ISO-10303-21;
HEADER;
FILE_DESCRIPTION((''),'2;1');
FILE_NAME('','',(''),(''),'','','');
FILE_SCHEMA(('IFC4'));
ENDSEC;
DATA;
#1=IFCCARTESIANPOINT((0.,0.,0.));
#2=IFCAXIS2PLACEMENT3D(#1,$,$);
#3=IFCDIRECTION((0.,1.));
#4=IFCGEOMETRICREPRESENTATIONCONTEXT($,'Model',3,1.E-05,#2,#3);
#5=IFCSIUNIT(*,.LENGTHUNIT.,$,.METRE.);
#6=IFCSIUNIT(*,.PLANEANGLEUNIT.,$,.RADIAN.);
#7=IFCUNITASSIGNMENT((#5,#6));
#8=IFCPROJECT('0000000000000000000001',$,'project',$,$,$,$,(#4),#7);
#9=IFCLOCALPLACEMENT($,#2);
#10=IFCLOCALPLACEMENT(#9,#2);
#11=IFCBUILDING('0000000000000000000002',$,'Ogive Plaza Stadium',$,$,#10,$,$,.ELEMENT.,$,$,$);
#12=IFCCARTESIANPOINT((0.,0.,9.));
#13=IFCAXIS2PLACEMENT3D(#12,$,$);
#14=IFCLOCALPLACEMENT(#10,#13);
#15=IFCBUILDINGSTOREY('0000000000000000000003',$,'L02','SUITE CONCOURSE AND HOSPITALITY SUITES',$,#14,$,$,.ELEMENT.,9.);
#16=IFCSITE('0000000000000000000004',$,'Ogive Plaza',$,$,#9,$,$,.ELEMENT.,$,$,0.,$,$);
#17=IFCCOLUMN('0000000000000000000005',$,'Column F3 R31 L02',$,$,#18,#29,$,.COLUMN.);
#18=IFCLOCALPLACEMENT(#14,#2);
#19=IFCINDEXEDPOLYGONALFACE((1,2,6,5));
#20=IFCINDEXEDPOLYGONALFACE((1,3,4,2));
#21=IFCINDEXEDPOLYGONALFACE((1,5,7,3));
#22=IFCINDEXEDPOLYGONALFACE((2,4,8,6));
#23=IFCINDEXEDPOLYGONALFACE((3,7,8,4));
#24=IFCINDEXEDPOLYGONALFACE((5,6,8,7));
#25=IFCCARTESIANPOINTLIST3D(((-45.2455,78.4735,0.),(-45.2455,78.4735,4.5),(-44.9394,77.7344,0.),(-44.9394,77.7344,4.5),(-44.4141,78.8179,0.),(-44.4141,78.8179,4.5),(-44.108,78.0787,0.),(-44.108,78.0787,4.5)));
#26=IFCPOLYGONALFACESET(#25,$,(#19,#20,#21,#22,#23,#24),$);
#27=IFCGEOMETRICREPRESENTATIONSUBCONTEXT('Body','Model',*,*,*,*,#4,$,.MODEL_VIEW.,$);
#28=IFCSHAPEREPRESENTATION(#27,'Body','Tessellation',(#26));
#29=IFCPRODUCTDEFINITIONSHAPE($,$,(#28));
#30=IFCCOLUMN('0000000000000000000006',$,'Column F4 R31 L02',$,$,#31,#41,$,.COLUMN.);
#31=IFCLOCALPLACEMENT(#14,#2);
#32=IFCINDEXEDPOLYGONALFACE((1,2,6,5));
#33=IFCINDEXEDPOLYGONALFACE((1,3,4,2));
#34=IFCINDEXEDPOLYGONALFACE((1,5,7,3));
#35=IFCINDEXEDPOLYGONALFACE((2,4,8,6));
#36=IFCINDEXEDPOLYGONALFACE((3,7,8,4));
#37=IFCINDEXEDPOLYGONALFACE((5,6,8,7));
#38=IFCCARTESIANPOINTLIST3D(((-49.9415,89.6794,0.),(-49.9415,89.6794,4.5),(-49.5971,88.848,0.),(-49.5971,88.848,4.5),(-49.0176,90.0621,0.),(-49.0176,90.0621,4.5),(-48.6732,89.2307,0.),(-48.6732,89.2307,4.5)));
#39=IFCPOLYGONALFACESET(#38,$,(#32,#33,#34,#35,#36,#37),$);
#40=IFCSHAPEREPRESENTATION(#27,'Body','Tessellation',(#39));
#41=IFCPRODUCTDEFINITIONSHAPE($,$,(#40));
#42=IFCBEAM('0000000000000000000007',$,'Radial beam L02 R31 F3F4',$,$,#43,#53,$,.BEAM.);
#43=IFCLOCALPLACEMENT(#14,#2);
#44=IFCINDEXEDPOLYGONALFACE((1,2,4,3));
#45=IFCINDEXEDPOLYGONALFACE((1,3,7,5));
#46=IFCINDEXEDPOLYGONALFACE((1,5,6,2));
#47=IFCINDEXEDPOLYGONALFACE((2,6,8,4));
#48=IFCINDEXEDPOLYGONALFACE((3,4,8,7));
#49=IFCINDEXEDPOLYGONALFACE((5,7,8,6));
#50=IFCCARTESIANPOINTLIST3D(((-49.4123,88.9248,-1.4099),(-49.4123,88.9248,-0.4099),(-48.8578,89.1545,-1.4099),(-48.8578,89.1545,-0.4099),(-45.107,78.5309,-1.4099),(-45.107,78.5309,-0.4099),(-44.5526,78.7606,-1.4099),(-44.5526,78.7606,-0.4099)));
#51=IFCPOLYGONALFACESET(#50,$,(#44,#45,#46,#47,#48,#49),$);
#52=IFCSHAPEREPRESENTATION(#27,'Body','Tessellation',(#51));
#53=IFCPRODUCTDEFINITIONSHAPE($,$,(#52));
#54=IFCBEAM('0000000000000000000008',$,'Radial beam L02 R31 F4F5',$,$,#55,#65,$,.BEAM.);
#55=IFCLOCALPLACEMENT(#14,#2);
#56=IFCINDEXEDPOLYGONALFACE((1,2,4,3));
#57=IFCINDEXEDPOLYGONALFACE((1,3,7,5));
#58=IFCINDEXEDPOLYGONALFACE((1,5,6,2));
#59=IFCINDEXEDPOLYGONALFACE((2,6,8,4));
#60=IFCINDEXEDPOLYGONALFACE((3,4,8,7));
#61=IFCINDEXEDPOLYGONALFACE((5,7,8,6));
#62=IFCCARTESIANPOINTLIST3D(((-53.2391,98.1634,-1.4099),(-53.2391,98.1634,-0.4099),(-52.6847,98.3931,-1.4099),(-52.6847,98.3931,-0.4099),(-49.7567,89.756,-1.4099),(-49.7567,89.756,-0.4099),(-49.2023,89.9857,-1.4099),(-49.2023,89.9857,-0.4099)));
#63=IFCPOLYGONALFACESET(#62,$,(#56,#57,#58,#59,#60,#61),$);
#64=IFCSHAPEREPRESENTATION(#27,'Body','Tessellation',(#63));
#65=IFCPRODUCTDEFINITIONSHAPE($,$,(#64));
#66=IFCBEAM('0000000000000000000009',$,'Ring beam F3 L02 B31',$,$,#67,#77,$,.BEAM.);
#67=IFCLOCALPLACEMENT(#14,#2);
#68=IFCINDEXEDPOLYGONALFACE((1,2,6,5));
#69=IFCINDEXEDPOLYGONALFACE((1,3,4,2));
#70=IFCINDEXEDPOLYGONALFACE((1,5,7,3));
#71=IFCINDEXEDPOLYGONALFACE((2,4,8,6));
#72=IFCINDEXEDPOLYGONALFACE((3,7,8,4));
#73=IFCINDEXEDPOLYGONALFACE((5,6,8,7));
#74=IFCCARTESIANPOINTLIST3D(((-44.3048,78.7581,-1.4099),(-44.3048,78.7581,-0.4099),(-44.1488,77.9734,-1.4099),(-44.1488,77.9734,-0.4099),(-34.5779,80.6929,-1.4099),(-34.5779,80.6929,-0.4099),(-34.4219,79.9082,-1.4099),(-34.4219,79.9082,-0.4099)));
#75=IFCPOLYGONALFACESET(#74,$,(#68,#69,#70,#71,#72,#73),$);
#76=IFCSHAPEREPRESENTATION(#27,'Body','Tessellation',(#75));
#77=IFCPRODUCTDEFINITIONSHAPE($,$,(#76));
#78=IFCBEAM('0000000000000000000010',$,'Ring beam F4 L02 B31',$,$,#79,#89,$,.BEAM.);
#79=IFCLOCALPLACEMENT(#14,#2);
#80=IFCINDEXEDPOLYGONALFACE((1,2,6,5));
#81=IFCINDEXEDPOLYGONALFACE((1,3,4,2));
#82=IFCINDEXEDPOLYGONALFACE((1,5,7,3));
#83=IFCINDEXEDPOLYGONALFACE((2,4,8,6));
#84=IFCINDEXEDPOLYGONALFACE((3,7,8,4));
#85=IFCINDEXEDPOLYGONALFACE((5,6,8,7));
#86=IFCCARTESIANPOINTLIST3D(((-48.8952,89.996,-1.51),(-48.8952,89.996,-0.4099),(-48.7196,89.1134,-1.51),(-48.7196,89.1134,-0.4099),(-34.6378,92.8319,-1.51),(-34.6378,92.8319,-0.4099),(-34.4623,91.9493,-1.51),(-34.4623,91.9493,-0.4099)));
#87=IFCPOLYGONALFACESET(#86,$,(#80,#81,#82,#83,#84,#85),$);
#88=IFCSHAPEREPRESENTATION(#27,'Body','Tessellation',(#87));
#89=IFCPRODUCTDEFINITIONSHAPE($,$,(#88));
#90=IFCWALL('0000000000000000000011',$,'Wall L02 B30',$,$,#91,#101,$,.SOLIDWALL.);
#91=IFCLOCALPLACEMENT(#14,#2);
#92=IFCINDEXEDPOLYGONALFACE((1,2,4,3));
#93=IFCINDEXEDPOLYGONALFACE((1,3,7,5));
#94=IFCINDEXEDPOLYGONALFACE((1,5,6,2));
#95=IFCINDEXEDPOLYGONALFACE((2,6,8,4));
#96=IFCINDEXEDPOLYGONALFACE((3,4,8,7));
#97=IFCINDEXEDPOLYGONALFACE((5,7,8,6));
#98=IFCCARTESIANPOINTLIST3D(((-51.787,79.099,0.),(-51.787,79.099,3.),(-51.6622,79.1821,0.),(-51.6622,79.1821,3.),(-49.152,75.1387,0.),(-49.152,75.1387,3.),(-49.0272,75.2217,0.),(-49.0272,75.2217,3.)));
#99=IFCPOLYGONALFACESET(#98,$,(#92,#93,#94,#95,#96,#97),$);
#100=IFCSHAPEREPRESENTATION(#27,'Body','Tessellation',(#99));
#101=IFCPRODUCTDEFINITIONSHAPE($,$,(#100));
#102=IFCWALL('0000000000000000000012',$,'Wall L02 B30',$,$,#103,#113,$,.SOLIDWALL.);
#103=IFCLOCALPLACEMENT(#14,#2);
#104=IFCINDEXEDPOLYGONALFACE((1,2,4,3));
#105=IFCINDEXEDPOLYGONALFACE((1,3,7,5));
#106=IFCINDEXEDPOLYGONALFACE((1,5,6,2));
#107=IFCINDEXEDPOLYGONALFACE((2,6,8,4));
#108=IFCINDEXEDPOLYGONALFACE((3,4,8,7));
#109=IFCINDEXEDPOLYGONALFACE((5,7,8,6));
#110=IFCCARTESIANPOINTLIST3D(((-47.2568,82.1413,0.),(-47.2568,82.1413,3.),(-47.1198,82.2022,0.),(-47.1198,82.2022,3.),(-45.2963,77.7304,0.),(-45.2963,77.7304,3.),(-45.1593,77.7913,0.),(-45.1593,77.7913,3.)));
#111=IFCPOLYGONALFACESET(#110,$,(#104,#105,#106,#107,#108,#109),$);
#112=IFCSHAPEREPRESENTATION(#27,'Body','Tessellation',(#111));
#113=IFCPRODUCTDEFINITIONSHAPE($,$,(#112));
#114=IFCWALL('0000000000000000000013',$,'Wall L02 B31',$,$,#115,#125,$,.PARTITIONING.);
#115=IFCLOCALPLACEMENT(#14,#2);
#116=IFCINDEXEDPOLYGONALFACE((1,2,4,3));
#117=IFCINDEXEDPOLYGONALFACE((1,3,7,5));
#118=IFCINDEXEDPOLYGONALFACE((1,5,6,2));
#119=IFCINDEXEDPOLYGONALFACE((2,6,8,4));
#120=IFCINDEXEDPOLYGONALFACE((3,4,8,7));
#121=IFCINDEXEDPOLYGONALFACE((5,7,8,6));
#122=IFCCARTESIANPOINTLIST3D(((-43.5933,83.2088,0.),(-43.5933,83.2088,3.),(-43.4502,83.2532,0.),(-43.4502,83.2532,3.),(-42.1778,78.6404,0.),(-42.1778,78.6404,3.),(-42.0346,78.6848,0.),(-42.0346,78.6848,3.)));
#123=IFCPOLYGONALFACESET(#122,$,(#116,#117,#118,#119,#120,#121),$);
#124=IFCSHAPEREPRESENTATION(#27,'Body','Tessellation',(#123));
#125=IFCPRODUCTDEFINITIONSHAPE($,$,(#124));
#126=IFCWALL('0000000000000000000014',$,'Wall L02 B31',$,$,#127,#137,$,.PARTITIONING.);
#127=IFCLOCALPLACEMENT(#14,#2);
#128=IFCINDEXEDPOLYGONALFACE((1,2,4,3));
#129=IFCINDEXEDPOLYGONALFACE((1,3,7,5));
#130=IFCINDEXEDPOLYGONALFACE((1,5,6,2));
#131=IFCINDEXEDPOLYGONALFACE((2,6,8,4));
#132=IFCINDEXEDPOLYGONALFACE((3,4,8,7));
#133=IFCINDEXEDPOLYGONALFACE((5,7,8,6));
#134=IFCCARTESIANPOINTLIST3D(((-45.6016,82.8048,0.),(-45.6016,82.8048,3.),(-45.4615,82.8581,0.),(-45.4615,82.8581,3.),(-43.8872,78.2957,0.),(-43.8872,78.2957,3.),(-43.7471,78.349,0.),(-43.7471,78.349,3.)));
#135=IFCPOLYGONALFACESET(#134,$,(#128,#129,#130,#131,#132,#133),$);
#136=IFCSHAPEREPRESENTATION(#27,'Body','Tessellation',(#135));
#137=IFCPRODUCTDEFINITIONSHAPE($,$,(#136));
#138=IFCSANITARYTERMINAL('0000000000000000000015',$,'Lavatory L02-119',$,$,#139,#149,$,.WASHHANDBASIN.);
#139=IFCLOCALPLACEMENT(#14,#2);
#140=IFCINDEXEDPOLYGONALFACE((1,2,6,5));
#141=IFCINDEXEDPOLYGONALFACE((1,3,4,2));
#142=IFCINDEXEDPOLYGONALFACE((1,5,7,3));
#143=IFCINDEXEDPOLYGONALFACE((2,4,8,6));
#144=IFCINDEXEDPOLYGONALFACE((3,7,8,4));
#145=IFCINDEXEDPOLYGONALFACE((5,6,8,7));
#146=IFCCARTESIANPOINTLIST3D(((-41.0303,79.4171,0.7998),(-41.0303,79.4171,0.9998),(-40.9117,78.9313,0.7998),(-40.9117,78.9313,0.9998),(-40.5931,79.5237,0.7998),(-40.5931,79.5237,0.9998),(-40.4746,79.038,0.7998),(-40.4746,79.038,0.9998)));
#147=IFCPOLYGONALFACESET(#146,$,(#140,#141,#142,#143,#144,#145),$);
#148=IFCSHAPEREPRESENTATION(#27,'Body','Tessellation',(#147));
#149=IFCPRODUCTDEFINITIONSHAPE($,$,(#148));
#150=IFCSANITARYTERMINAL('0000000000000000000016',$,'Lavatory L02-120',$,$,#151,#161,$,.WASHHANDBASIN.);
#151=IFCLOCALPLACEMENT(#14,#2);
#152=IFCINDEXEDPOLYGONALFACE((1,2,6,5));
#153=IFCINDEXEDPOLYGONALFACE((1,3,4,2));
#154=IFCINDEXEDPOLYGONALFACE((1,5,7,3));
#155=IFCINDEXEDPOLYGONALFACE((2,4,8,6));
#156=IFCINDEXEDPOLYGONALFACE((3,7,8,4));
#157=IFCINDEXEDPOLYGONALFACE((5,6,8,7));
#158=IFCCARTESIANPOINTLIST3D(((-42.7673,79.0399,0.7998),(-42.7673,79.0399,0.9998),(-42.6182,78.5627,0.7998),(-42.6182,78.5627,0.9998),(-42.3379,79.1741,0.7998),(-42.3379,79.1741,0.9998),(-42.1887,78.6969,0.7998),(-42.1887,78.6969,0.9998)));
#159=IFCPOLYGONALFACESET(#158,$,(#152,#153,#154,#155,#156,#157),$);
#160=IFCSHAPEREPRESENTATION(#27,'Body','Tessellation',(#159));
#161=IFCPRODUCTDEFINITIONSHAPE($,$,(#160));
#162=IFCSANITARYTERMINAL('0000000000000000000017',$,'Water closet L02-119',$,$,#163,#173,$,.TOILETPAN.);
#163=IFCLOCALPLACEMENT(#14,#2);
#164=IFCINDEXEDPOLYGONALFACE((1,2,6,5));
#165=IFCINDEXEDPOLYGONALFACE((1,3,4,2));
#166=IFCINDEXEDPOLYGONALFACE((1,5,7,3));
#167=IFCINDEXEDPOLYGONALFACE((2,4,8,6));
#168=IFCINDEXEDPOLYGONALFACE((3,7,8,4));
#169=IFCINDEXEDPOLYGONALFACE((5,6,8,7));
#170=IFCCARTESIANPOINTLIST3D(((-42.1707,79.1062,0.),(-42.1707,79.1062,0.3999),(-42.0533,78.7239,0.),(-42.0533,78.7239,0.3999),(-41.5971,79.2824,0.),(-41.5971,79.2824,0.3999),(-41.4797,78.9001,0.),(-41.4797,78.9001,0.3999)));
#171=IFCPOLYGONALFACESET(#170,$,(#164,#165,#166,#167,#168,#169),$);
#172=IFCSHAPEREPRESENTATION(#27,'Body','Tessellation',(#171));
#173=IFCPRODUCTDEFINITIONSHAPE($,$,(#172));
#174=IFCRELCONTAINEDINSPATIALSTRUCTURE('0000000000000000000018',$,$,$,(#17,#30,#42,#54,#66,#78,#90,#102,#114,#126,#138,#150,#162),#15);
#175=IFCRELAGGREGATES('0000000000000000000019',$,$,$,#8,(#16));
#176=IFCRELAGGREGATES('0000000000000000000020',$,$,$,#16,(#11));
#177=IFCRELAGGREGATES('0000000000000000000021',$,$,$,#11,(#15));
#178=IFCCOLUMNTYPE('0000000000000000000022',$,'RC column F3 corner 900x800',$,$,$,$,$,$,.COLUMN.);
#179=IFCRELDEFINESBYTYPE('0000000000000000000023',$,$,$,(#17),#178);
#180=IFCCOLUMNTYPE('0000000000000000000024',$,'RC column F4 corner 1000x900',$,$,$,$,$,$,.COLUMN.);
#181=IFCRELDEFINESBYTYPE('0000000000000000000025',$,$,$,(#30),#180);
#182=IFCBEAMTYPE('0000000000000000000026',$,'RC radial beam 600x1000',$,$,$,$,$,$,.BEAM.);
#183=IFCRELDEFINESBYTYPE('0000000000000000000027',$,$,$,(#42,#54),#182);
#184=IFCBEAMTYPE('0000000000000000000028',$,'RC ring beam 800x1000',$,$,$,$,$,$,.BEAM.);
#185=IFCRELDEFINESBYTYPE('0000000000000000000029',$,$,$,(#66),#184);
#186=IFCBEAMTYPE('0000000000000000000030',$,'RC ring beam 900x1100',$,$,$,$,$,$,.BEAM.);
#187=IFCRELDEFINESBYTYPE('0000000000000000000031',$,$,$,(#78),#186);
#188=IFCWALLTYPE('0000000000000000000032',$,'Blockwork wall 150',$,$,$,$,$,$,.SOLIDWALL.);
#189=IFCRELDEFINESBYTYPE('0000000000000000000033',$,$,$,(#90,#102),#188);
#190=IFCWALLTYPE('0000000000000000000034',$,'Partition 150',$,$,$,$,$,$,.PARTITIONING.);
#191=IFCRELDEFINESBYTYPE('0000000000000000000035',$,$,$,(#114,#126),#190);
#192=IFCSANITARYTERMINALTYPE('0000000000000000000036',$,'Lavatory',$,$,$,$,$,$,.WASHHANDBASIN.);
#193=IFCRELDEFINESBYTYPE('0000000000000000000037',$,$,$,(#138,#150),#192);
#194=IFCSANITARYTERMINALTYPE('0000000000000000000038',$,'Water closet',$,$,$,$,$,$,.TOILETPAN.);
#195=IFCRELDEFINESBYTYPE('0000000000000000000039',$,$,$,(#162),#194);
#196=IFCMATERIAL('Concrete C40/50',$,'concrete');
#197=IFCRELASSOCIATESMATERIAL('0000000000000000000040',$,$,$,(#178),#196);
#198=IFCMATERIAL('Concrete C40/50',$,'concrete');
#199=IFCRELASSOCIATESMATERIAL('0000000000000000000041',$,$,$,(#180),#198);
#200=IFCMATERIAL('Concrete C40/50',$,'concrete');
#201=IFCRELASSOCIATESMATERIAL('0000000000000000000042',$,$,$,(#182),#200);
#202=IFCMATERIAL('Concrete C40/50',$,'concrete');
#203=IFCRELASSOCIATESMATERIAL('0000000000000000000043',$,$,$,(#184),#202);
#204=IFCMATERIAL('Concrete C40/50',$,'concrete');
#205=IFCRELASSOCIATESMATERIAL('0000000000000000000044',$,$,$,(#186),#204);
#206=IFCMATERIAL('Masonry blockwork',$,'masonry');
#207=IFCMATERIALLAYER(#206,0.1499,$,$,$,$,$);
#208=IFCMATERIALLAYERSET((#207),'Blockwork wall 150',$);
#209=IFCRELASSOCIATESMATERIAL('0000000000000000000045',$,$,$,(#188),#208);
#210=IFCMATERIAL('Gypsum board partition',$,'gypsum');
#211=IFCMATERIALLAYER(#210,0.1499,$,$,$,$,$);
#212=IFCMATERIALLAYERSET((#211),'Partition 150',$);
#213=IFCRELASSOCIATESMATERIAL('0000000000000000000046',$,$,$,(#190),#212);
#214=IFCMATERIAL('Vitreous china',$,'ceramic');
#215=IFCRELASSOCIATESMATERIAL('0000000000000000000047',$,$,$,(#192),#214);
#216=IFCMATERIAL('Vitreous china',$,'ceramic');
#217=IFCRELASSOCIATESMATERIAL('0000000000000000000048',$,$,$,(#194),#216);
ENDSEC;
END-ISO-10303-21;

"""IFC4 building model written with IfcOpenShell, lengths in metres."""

from ifc_helpers import new_model, si_unit, direction, frame, frame_2d, origin, origin_2d, place, context, subcontext, project, spatial, rectangle, extrude, material, layer, layer_set, material_profile, profile_set, type_object, element, save


model = new_model("IFC4")

# Units and contexts
model_context = context("Model", 3, precision=1e-05, world=origin(), true_north=direction((0.0, 1.0)))
body_context = subcontext(model_context, "Body", "Model", "MODEL_VIEW")
ifc_project = project(units=[si_unit("LENGTHUNIT", "METRE"), si_unit("PLANEANGLEUNIT", "RADIAN")], contexts=[model_context])

# Site, building, storey
site_placement = place(None, origin())
site = spatial("IfcSite", under=ifc_project, at=site_placement, Name="Ogive Plaza", CompositionType="ELEMENT", RefElevation=0.0)
building_placement = place(site_placement, origin())
building = spatial("IfcBuilding", under=site, at=building_placement, Name="Ogive Plaza Stadium", CompositionType="ELEMENT")
storey_placement = place(building_placement, frame((0.0, 0.0, 9.0)))
storey = spatial("IfcBuildingStorey", under=building, at=storey_placement, Name="L02", Description="SUITE CONCOURSE AND HOSPITALITY SUITES", CompositionType="ELEMENT", Elevation=9.0)

# Columns
ifc_material_1 = material(Name="Concrete C40/50", Category="concrete")
ifc_material_profile_1 = material_profile(ifc_material_1, rectangle(XDim=0.8999, YDim=0.8, at=origin_2d()), Name="RC 900x800")
ifc_profile_set_1 = profile_set([ifc_material_profile_1], Name="Concrete C40/50")
column_type_1 = type_object("IfcColumnType", Name="RC column F3 corner 900x800", PredefinedType="COLUMN", material=ifc_profile_set_1)
column_1_placement = place(storey_placement, frame((-44.6768, 78.2761, 0.0), z_axis=(0.0, 0.0, 1.0), x_axis=(-0.92388, -0.382683, 0.0)))
element("IfcColumn", 1, at=column_1_placement, inside=storey, type_object=column_type_1, Name="Column F3 R31 L02", PredefinedType="COLUMN", context=body_context, shape_type="SweptSolid", body=[
    extrude(rectangle(XDim=0.8999, YDim=0.8, at=origin_2d()), origin(), (0.0, 0.0, 1.0), 4.5),
])
ifc_material_2 = material(Name="Concrete C40/50", Category="concrete")
ifc_material_profile_2 = material_profile(ifc_material_2, rectangle(XDim=1.0, YDim=0.8999, at=origin_2d()), Name="RC 1000x900")
ifc_profile_set_2 = profile_set([ifc_material_profile_2], Name="Concrete C40/50")
column_type_2 = type_object("IfcColumnType", Name="RC column F4 corner 1000x900", PredefinedType="COLUMN", material=ifc_profile_set_2)
column_2_placement = place(storey_placement, frame((-49.3074, 89.4551, 0.0), z_axis=(0.0, 0.0, 1.0), x_axis=(-0.92388, -0.382683, 0.0)))
element("IfcColumn", 2, at=column_2_placement, inside=storey, type_object=column_type_2, Name="Column F4 R31 L02", PredefinedType="COLUMN", context=body_context, shape_type="SweptSolid", body=[
    extrude(rectangle(XDim=1.0, YDim=0.8999, at=origin_2d()), origin(), (0.0, 0.0, 1.0), 4.5),
])

# Beams
ifc_material_3 = material(Name="Concrete C40/50", Category="concrete")
ifc_material_profile_3 = material_profile(ifc_material_3, rectangle(XDim=0.6001, YDim=1.0, at=origin_2d()), Name="RC 600x1000")
ifc_profile_set_3 = profile_set([ifc_material_profile_3], Name="Concrete C40/50")
beam_type_1 = type_object("IfcBeamType", Name="RC radial beam 600x1000", PredefinedType="BEAM", material=ifc_profile_set_3)
beam_1_placement = place(storey_placement, frame((-44.8298, 78.6458, -0.9099), z_axis=(-0.382678, 0.923882, 0.0), x_axis=(-0.923882, -0.382678, 0.0)))
element("IfcBeam", 3, at=beam_1_placement, inside=storey, type_object=beam_type_1, Name="Radial beam L02 R31 F3F4", PredefinedType="BEAM", context=body_context, shape_type="SweptSolid", body=[
    extrude(rectangle(XDim=0.6001, YDim=1.0, at=origin_2d()), origin(), (0.0, 0.0, 1.0), 11.2502),
])
beam_2_placement = place(storey_placement, frame((-49.4795, 89.8708, -0.9099), z_axis=(-0.382677, 0.923882, 0.0), x_axis=(-0.923882, -0.382677, 0.0)))
element("IfcBeam", 4, at=beam_2_placement, inside=storey, type_object=beam_type_1, Name="Radial beam L02 R31 F4F5", PredefinedType="BEAM", context=body_context, shape_type="SweptSolid", body=[
    extrude(rectangle(XDim=0.6001, YDim=1.0, at=origin_2d()), origin(), (0.0, 0.0, 1.0), 9.1001),
])
ifc_material_4 = material(Name="Concrete C40/50", Category="concrete")
ifc_material_profile_4 = material_profile(ifc_material_4, rectangle(XDim=0.8, YDim=1.0, at=origin_2d()), Name="RC 800x1000")
ifc_profile_set_4 = profile_set([ifc_material_profile_4], Name="Concrete C40/50")
beam_type_2 = type_object("IfcBeamType", Name="RC ring beam 800x1000", PredefinedType="BEAM", material=ifc_profile_set_4)
beam_3_placement = place(storey_placement, frame((-44.2268, 78.3657, -0.9099), z_axis=(0.980785, 0.195093, 0.0), x_axis=(-0.195093, 0.980785, 0.0)))
element("IfcBeam", 5, at=beam_3_placement, inside=storey, type_object=beam_type_2, Name="Ring beam F3 L02 B31", PredefinedType="BEAM", context=body_context, shape_type="SweptSolid", body=[
    extrude(rectangle(XDim=0.8, YDim=1.0, at=origin_2d()), origin(), (0.0, 0.0, 1.0), 9.9175),
])
ifc_material_5 = material(Name="Concrete C40/50", Category="concrete")
ifc_material_profile_5 = material_profile(ifc_material_5, rectangle(XDim=0.8999, YDim=1.1001, at=origin_2d()), Name="RC 900x1100")
ifc_profile_set_5 = profile_set([ifc_material_profile_5], Name="Concrete C40/50")
beam_type_3 = type_object("IfcBeamType", Name="RC ring beam 900x1100", PredefinedType="BEAM", material=ifc_profile_set_5)
beam_4_placement = place(storey_placement, frame((-48.8074, 89.5547, -0.96), z_axis=(0.980786, 0.195089, 0.0), x_axis=(-0.195089, 0.980786, 0.0)))
element("IfcBeam", 6, at=beam_4_placement, inside=storey, type_object=beam_type_3, Name="Ring beam F4 L02 B31", PredefinedType="BEAM", context=body_context, shape_type="SweptSolid", body=[
    extrude(rectangle(XDim=0.8999, YDim=1.1001, at=origin_2d()), origin(), (0.0, 0.0, 1.0), 14.5366),
])

# Walls
ifc_material_6 = material(Name="Masonry blockwork", Category="masonry")
ifc_layer_1 = layer(ifc_material_6, 0.1499)
ifc_layer_set_1 = layer_set([ifc_layer_1], Name="Blockwork wall 150")
wall_type_1 = type_object("IfcWallType", Name="Blockwork wall 150", PredefinedType="SOLIDWALL", material=ifc_layer_set_1)
wall_1_placement = place(storey_placement, frame((-49.0896, 75.1802, 0.0), z_axis=(0.0, 0.0, 1.0), x_axis=(-0.55393, 0.832563, 0.0)))
element("IfcWall", 7, at=wall_1_placement, inside=storey, type_object=wall_type_1, Name="Wall L02 B30", PredefinedType="SOLIDWALL", context=body_context, shape_type="SweptSolid", body=[
    extrude(rectangle(XDim=4.7568, YDim=0.1499, at=frame_2d((2.3784, 0.0))), origin(), (0.0, 0.0, 1.0), 3.0),
])
wall_2_placement = place(storey_placement, frame((-45.2278, 77.7607, 0.0), z_axis=(0.0, 0.0, 1.0), x_axis=(-0.406148, 0.913807, 0.0)))
element("IfcWall", 8, at=wall_2_placement, inside=storey, type_object=wall_type_1, Name="Wall L02 B30", PredefinedType="SOLIDWALL", context=body_context, shape_type="SweptSolid", body=[
    extrude(rectangle(XDim=4.8269, YDim=0.1499, at=frame_2d((2.4136, 0.0))), origin(), (0.0, 0.0, 1.0), 3.0),
])
ifc_material_7 = material(Name="Gypsum board partition", Category="gypsum")
ifc_layer_2 = layer(ifc_material_7, 0.1499)
ifc_layer_set_2 = layer_set([ifc_layer_2], Name="Partition 150")
wall_type_2 = type_object("IfcWallType", Name="Partition 150", PredefinedType="PARTITIONING", material=ifc_layer_set_2)
wall_3_placement = place(storey_placement, frame((-42.1062, 78.6626, 0.0), z_axis=(0.0, 0.0, 1.0), x_axis=(-0.295972, 0.955197, 0.0)))
element("IfcWall", 9, at=wall_3_placement, inside=storey, type_object=wall_type_2, Name="Wall L02 B31", PredefinedType="PARTITIONING", context=body_context, shape_type="SweptSolid", body=[
    extrude(rectangle(XDim=4.7827, YDim=0.1499, at=frame_2d((2.3914, 0.0))), origin(), (0.0, 0.0, 1.0), 3.0),
])
wall_4_placement = place(storey_placement, frame((-43.8171, 78.3223, 0.0), z_axis=(0.0, 0.0, 1.0), x_axis=(-0.355385, 0.93472, 0.0)))
element("IfcWall", 10, at=wall_4_placement, inside=storey, type_object=wall_type_2, Name="Wall L02 B31", PredefinedType="PARTITIONING", context=body_context, shape_type="SweptSolid", body=[
    extrude(rectangle(XDim=4.824, YDim=0.1499, at=frame_2d((2.4121, 0.0))), origin(), (0.0, 0.0, 1.0), 3.0),
])

# Sanitary terminals
ifc_material_8 = material(Name="Vitreous china", Category="ceramic")
sanitary_terminal_type_1 = type_object("IfcSanitaryTerminalType", Name="Lavatory", PredefinedType="WASHHANDBASIN", material=ifc_material_8)
for number, where, z_axis, x_axis, name in (
    (11, (-40.7524, 79.2275, 0.7998), (0.0, 0.0, 1.0), (-0.237025, 0.971504, 0.0), "Lavatory L02-119"),
    (12, (-42.478, 78.8684, 0.7998), (0.0, 0.0, 1.0), (-0.29835, 0.954457, 0.0), "Lavatory L02-120"),
):
    element("IfcSanitaryTerminal", number, at=place(storey_placement, frame(where, z_axis=z_axis, x_axis=x_axis)), inside=storey, type_object=sanitary_terminal_type_1, Name=name, PredefinedType="WASHHANDBASIN", context=body_context, shape_type="SweptSolid", body=[
        extrude(rectangle(XDim=0.5, YDim=0.45, at=origin_2d()), origin(), (0.0, 0.0, 1.0), 0.2),
    ])
ifc_material_9 = material(Name="Vitreous china", Category="ceramic")
sanitary_terminal_type_2 = type_object("IfcSanitaryTerminalType", Name="Water closet", PredefinedType="TOILETPAN", material=ifc_material_9)
for number, where, z_axis, x_axis, name in (
    (13, (-41.8252, 79.0032, 0.0), (0.0, 0.0, 1.0), (-0.293565, 0.955939, 0.0), "Water closet L02-119"),
):
    element("IfcSanitaryTerminal", number, at=place(storey_placement, frame(where, z_axis=z_axis, x_axis=x_axis)), inside=storey, type_object=sanitary_terminal_type_2, Name=name, PredefinedType="TOILETPAN", context=body_context, shape_type="SweptSolid", body=[
        extrude(rectangle(XDim=0.3999, YDim=0.6001, at=origin_2d()), origin(), (0.0, 0.0, 1.0), 0.3999),
    ])

save(model, "model.ifc")
